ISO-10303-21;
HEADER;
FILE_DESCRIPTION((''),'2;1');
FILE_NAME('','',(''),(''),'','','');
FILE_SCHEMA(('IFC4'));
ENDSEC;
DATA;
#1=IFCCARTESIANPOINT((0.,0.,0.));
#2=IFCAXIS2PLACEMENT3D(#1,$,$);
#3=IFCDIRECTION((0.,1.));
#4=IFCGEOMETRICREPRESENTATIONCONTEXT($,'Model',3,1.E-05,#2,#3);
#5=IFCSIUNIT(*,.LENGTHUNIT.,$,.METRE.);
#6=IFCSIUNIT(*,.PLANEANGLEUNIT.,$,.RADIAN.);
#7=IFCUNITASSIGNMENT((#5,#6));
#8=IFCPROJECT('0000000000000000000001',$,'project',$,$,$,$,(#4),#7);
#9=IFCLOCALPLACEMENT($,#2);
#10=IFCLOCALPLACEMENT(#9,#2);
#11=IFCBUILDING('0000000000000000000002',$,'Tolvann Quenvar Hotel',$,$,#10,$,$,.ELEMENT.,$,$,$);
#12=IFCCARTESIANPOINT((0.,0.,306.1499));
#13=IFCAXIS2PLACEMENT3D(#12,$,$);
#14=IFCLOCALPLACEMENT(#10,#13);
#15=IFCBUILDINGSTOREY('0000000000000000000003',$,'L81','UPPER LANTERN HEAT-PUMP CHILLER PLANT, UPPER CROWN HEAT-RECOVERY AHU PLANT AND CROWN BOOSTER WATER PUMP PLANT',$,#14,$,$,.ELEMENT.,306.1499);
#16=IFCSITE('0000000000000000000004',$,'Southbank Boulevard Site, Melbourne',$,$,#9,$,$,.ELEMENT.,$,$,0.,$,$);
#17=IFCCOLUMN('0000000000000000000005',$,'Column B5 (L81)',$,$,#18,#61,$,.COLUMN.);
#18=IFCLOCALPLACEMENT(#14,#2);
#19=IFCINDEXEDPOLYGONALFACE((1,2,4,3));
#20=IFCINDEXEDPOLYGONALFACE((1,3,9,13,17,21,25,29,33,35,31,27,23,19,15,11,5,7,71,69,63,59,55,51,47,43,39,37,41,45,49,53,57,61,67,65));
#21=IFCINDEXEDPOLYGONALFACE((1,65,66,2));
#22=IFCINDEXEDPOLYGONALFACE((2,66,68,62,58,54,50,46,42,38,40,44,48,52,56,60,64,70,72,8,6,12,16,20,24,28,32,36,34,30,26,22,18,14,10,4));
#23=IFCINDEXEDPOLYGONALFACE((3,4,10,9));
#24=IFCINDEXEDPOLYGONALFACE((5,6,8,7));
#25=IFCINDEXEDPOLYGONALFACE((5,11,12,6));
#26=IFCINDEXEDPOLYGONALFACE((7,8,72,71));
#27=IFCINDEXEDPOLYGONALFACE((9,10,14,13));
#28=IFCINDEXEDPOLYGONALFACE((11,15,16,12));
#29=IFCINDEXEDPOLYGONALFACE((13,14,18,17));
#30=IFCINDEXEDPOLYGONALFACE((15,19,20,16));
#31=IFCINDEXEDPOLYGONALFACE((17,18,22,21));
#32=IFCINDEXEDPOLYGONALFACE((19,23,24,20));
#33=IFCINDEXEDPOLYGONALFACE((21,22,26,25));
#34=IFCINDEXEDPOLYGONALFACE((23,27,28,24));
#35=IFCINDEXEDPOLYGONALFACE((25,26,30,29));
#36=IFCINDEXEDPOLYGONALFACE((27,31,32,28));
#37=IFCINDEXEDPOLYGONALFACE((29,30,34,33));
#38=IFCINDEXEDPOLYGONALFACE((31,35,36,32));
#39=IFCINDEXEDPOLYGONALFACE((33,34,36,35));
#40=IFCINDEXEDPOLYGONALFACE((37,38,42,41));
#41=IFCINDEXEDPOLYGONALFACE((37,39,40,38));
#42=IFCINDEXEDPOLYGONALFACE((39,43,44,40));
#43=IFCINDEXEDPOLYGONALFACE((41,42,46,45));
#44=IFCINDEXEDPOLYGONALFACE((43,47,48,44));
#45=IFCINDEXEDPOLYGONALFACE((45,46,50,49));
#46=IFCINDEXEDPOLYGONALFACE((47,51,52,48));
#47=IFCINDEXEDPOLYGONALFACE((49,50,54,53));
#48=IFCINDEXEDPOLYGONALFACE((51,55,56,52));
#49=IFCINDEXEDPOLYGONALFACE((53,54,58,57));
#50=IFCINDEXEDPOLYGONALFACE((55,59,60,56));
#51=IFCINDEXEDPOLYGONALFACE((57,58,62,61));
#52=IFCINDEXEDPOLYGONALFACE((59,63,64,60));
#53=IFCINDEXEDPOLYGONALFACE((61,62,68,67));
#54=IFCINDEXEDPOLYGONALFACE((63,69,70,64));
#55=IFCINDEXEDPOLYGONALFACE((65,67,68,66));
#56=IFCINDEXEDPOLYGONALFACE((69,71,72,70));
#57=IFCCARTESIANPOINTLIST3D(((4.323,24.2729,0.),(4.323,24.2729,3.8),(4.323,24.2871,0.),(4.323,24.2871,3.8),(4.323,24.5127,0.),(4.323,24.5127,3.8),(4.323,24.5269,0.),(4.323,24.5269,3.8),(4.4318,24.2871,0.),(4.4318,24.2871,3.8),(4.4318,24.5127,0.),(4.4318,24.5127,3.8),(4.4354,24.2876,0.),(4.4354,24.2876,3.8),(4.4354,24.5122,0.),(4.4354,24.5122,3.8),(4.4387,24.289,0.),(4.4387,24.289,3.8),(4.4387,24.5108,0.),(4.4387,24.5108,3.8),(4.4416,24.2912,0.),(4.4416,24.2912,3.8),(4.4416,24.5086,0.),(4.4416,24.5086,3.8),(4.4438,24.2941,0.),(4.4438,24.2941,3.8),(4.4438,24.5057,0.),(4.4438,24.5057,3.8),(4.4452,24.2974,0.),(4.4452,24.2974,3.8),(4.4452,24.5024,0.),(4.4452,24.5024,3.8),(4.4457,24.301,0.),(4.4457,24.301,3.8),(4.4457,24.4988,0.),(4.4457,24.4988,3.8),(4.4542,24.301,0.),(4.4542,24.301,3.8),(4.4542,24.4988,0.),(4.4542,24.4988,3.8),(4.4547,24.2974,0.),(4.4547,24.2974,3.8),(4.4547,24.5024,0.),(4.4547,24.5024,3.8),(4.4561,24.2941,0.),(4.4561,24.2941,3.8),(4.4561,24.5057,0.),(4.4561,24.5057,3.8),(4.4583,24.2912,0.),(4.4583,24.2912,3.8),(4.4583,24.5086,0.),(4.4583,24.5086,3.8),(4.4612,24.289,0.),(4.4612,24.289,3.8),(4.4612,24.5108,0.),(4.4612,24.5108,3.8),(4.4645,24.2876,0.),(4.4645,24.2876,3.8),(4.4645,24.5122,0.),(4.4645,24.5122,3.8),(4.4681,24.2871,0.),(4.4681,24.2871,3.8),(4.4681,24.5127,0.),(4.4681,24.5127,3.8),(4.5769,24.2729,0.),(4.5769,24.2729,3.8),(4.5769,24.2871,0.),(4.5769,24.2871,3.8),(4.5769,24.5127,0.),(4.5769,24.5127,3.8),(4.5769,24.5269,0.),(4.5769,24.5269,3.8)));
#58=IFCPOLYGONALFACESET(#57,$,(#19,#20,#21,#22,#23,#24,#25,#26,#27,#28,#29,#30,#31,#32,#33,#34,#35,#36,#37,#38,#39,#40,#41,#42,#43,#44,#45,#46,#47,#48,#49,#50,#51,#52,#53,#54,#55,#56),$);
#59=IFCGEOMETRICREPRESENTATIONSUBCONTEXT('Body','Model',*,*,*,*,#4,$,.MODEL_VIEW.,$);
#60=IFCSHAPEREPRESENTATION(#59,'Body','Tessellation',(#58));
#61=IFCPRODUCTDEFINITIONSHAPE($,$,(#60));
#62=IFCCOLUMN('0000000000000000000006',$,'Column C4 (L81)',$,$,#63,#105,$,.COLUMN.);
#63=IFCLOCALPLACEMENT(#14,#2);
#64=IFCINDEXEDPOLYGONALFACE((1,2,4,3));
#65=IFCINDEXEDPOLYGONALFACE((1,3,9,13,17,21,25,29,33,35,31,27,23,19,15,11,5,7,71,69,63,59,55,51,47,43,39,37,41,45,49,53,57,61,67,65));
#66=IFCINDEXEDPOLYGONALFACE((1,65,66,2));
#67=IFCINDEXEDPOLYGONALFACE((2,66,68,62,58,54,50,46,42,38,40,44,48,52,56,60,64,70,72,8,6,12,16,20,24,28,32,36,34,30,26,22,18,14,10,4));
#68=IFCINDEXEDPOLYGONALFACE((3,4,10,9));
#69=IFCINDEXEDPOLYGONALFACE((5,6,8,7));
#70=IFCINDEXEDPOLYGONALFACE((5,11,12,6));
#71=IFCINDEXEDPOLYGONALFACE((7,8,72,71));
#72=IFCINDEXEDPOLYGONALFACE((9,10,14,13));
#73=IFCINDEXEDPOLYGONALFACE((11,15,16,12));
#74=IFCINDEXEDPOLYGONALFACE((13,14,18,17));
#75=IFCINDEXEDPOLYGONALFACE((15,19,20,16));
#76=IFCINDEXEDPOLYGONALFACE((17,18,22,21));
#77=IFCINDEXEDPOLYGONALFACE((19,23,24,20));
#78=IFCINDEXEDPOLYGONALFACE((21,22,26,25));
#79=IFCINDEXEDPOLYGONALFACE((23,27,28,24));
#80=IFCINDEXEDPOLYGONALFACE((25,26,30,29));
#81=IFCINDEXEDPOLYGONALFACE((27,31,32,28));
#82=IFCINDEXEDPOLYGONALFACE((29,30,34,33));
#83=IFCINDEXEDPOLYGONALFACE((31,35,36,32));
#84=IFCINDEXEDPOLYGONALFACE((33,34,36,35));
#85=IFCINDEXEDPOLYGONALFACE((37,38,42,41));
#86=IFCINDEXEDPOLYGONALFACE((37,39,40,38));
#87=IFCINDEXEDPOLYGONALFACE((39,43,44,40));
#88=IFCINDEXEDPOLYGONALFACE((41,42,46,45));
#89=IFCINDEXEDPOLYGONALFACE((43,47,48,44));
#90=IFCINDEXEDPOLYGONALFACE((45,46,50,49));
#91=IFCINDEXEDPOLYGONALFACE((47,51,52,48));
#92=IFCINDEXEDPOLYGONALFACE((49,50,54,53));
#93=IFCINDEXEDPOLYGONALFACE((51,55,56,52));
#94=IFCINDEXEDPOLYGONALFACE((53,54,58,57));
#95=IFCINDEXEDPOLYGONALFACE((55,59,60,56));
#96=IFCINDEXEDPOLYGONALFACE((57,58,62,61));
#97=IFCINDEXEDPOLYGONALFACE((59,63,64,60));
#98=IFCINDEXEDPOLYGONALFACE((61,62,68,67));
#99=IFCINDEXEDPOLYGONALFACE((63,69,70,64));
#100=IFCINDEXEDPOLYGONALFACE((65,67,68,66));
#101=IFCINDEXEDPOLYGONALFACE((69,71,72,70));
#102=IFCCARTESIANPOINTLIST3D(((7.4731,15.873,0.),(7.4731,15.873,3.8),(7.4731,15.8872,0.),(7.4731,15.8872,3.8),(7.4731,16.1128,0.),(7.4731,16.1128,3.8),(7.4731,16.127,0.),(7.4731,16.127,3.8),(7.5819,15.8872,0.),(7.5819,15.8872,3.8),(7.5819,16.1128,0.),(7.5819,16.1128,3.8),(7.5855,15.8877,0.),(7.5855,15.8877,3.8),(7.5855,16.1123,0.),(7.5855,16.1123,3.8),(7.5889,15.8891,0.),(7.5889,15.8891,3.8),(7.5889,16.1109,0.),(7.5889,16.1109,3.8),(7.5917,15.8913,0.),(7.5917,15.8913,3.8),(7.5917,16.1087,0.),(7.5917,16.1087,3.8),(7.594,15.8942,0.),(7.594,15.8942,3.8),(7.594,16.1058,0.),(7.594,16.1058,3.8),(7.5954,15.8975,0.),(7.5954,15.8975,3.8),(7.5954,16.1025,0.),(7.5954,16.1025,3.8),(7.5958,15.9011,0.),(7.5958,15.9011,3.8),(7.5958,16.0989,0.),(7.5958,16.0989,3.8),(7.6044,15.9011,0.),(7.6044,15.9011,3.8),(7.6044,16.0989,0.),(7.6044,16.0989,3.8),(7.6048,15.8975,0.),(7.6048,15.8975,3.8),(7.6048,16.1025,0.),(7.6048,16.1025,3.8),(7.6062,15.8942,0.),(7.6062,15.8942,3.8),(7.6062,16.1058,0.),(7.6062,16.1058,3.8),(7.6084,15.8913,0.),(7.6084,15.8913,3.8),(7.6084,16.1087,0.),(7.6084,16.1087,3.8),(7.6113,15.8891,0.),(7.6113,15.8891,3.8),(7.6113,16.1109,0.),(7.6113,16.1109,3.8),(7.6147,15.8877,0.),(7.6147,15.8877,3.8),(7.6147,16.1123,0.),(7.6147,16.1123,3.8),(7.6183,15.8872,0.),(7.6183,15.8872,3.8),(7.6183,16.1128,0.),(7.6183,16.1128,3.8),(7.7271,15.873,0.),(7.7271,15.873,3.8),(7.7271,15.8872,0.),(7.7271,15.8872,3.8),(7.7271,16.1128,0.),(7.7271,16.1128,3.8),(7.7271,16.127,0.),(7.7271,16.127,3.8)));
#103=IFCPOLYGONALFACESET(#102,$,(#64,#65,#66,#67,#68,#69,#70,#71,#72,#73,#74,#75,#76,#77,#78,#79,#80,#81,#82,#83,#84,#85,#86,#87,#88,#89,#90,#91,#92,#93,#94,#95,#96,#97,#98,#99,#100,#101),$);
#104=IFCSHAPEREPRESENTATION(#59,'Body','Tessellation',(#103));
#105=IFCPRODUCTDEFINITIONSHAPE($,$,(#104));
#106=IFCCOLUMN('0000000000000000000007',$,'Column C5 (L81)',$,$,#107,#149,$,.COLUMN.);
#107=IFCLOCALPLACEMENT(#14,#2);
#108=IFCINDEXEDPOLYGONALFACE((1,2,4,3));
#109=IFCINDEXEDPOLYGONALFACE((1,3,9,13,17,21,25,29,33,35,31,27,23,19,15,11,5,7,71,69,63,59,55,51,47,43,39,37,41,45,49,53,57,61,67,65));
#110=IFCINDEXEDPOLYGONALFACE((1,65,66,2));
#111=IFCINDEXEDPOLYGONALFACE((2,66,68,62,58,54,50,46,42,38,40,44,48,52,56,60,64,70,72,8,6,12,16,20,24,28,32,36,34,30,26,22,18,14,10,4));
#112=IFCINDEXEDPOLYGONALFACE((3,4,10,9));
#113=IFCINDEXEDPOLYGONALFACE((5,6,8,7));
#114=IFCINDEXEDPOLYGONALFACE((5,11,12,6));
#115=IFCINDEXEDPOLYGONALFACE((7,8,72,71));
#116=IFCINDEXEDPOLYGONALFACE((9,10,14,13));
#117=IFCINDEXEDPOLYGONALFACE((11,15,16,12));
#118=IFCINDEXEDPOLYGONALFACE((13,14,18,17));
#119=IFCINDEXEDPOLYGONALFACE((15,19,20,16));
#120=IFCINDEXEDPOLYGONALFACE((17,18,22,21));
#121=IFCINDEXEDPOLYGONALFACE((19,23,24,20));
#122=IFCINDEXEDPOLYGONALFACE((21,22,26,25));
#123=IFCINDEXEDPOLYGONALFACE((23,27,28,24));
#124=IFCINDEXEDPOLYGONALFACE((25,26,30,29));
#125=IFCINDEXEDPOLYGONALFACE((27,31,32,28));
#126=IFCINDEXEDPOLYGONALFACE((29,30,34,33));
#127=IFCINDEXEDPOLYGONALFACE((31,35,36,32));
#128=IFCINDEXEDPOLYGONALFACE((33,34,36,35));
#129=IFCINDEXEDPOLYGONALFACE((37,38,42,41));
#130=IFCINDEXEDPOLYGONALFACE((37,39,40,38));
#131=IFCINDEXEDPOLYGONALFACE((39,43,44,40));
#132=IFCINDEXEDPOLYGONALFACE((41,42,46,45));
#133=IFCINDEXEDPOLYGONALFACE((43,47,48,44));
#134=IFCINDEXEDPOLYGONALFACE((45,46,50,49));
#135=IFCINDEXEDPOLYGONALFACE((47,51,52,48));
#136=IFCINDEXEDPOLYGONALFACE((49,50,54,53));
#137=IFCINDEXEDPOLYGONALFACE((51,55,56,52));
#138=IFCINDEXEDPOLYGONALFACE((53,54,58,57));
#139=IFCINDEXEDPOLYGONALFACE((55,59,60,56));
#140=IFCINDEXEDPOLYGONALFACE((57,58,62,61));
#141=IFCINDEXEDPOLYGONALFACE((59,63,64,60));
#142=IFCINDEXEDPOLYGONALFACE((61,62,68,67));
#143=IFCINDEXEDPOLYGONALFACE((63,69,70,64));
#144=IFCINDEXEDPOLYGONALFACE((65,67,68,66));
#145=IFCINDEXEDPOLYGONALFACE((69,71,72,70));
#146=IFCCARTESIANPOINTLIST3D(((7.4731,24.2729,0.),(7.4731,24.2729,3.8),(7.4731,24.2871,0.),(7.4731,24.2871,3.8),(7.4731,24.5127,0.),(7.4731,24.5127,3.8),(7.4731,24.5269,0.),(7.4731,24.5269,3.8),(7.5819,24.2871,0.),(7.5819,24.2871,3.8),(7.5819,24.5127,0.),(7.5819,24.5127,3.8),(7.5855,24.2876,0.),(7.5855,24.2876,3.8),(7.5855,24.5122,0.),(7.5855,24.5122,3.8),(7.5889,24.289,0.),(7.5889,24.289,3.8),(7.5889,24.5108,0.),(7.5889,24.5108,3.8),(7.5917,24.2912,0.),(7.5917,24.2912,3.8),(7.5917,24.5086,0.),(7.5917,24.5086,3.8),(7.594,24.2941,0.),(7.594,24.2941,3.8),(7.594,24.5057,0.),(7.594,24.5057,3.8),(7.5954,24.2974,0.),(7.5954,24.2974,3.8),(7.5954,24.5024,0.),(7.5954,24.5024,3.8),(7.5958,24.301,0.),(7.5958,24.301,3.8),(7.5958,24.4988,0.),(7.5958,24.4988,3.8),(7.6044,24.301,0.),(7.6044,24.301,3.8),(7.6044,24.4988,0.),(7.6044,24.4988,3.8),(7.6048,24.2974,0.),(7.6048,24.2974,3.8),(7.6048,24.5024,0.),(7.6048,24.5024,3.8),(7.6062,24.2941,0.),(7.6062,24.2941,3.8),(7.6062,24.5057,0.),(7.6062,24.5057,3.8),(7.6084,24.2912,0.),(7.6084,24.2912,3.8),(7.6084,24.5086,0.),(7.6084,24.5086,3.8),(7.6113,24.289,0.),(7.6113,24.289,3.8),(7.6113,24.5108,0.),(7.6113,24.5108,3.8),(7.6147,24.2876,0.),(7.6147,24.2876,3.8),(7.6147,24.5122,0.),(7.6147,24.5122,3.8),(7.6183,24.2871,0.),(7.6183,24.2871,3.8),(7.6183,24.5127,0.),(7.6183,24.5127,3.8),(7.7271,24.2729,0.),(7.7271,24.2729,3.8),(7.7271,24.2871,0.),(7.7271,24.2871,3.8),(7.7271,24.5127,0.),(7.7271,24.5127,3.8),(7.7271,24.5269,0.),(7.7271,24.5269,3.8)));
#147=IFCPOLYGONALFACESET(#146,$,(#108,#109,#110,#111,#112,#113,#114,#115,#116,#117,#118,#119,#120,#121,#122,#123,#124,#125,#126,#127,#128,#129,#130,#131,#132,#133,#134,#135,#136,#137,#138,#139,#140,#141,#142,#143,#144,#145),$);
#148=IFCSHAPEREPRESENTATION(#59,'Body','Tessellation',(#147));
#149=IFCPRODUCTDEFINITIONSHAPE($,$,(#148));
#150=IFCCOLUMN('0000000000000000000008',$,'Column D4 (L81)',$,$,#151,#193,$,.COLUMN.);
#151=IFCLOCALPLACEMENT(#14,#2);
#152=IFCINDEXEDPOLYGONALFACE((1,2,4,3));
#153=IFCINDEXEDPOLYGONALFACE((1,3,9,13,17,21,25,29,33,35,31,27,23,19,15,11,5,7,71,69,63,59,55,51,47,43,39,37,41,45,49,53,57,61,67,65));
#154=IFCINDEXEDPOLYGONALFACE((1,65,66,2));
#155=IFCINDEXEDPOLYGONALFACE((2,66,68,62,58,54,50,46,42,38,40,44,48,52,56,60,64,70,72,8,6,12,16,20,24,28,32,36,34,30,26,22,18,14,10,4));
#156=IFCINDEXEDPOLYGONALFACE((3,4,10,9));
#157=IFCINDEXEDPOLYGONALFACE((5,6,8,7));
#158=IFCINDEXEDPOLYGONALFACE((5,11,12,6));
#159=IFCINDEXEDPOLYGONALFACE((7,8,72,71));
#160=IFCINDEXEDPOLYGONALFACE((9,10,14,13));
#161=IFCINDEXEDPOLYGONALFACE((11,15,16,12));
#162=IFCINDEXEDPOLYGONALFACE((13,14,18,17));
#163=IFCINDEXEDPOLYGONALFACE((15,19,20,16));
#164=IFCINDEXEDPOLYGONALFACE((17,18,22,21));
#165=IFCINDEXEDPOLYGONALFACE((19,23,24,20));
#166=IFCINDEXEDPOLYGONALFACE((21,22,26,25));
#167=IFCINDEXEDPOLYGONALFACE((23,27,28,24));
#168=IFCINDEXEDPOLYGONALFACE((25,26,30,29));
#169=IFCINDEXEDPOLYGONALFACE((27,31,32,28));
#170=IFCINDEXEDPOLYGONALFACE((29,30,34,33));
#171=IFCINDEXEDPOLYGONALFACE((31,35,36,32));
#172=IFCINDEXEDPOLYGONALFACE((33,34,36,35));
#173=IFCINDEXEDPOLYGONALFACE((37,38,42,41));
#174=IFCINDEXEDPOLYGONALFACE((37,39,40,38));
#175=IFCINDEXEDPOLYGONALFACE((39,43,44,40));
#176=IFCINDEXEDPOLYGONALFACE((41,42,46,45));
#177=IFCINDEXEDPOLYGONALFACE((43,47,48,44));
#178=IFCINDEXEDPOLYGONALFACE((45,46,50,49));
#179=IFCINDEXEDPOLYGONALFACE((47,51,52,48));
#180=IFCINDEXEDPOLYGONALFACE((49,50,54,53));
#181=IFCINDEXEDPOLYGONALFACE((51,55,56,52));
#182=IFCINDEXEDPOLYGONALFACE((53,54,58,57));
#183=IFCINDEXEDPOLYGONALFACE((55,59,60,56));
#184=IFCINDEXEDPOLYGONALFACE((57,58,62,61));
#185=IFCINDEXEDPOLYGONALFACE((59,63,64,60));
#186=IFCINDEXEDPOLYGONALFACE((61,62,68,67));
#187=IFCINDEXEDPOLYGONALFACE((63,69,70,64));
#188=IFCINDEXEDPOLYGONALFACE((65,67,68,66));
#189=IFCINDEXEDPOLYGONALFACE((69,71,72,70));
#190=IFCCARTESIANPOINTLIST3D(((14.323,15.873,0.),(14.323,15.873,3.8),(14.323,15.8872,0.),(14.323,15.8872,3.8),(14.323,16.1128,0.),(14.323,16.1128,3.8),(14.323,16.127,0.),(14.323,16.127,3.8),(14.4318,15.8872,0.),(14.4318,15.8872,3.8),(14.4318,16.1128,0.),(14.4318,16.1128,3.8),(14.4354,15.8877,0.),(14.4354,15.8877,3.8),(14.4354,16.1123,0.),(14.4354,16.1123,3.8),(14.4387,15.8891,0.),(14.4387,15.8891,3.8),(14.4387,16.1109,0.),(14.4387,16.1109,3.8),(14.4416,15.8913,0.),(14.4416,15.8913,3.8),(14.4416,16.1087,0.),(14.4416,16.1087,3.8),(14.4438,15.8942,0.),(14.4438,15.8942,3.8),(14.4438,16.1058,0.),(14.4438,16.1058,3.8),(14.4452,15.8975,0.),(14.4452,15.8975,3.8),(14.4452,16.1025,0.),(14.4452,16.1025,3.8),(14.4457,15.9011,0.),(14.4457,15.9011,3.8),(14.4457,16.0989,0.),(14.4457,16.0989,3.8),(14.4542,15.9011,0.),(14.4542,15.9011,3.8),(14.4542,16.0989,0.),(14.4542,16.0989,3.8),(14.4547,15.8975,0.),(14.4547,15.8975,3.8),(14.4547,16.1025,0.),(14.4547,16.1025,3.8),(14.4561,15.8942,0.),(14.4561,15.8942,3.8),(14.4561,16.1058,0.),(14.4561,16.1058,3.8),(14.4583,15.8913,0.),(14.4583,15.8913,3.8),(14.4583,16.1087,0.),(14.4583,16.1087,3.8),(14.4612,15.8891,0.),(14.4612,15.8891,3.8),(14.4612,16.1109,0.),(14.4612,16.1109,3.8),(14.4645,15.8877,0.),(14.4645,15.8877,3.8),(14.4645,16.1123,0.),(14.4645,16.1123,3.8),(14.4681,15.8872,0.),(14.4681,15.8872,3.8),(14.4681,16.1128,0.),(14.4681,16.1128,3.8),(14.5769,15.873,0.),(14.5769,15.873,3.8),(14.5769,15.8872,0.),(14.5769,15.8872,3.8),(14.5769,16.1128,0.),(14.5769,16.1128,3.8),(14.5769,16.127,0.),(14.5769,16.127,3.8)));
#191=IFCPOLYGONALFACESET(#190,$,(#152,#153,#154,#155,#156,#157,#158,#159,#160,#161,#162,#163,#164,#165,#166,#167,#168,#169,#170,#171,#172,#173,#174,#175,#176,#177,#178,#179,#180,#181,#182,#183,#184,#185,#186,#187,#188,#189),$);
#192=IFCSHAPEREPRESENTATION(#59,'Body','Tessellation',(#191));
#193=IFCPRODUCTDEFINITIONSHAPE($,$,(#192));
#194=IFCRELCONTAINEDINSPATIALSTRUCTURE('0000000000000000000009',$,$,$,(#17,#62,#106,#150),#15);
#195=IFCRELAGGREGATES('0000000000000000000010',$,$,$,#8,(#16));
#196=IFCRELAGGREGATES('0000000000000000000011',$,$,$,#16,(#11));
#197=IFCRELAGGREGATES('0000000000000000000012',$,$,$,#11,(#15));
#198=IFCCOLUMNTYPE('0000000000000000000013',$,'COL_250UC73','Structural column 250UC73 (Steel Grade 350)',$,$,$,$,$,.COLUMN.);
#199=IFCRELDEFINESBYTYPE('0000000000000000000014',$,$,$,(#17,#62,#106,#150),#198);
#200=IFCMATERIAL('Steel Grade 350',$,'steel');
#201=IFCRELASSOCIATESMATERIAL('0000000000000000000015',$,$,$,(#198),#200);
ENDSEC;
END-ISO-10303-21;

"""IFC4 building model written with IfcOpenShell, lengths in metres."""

from ifc_helpers import new_model, si_unit, direction, frame, origin, origin_2d, place, context, subcontext, project, spatial, i_section, extrude, source, transform, mapped, material, material_profile, profile_set, type_object, type_shapes, element, save


model = new_model("IFC4")

# Units and contexts
model_context = context("Model", 3, precision=1e-05, world=origin(), true_north=direction((0.0, 1.0)))
body_context = subcontext(model_context, "Body", "Model", "MODEL_VIEW")
ifc_project = project(units=[si_unit("LENGTHUNIT", "METRE"), si_unit("PLANEANGLEUNIT", "RADIAN")], contexts=[model_context])

# Site, building, storey
site_placement = place(None, origin())
site = spatial("IfcSite", under=ifc_project, at=site_placement, Name="Southbank Boulevard Site, Melbourne", CompositionType="ELEMENT", RefElevation=0.0)
building_placement = place(site_placement, origin())
building = spatial("IfcBuilding", under=site, at=building_placement, Name="Tolvann Quenvar Hotel", CompositionType="ELEMENT")
storey_placement = place(building_placement, frame((0.0, 0.0, 306.1499)))
storey = spatial("IfcBuildingStorey", under=building, at=storey_placement, Name="L81", Description="UPPER LANTERN HEAT-PUMP CHILLER PLANT, UPPER CROWN HEAT-RECOVERY AHU PLANT AND CROWN BOOSTER WATER PUMP PLANT", CompositionType="ELEMENT", Elevation=306.1499)

# Columns
ifc_material_1 = material(Name="Steel Grade 350", Category="steel")
ifc_material_profile_1 = material_profile(ifc_material_1, i_section(OverallWidth=0.2539, OverallDepth=0.2539, WebThickness=0.0085, FlangeThickness=0.0142, FilletRadius=0.0139, at=origin_2d()), Name="250UC73")
ifc_profile_set_1 = profile_set([ifc_material_profile_1], Name="Steel Grade 350")
column_type = type_object("IfcColumnType", Name="COL_250UC73", Description="Structural column 250UC73 (Steel Grade 350)", PredefinedType="COLUMN", material=ifc_profile_set_1)
shared_shape_1 = source(origin(), body_context, "Body", "SweptSolid", [
    extrude(i_section(OverallWidth=0.2539, OverallDepth=0.2539, WebThickness=0.0085, FlangeThickness=0.0142, FilletRadius=0.0139, at=origin_2d()), origin(), (0.0, 0.0, 1.0), 3.8),
])
type_shapes(column_type, [shared_shape_1])
for number, where, z_axis, x_axis, name in (
    (1, (4.45, 24.3999, 0.0), (0.0, 0.0, 1.0), (1.0, 0.0, 0.0), "Column B5 (L81)"),
    (2, (7.6001, 16.0, 0.0), (0.0, 0.0, 1.0), (1.0, 0.0, 0.0), "Column C4 (L81)"),
    (3, (7.6001, 24.3999, 0.0), (0.0, 0.0, 1.0), (1.0, 0.0, 0.0), "Column C5 (L81)"),
    (4, (14.45, 16.0, 0.0), (0.0, 0.0, 1.0), (1.0, 0.0, 0.0), "Column D4 (L81)"),
):
    element("IfcColumn", number, at=place(storey_placement, frame(where, z_axis=z_axis, x_axis=x_axis)), inside=storey, type_object=column_type, Name=name, PredefinedType="COLUMN", context=body_context, shape_type="MappedRepresentation", body=[
        mapped(shared_shape_1, transform((0.0, 0.0, 0.0), x_axis=(1.0, 0.0, 0.0), y_axis=(0.0, 1.0, 0.0), z_axis=(0.0, 0.0, 1.0), scale=1.0)),
    ])

save(model, "model.ifc")
